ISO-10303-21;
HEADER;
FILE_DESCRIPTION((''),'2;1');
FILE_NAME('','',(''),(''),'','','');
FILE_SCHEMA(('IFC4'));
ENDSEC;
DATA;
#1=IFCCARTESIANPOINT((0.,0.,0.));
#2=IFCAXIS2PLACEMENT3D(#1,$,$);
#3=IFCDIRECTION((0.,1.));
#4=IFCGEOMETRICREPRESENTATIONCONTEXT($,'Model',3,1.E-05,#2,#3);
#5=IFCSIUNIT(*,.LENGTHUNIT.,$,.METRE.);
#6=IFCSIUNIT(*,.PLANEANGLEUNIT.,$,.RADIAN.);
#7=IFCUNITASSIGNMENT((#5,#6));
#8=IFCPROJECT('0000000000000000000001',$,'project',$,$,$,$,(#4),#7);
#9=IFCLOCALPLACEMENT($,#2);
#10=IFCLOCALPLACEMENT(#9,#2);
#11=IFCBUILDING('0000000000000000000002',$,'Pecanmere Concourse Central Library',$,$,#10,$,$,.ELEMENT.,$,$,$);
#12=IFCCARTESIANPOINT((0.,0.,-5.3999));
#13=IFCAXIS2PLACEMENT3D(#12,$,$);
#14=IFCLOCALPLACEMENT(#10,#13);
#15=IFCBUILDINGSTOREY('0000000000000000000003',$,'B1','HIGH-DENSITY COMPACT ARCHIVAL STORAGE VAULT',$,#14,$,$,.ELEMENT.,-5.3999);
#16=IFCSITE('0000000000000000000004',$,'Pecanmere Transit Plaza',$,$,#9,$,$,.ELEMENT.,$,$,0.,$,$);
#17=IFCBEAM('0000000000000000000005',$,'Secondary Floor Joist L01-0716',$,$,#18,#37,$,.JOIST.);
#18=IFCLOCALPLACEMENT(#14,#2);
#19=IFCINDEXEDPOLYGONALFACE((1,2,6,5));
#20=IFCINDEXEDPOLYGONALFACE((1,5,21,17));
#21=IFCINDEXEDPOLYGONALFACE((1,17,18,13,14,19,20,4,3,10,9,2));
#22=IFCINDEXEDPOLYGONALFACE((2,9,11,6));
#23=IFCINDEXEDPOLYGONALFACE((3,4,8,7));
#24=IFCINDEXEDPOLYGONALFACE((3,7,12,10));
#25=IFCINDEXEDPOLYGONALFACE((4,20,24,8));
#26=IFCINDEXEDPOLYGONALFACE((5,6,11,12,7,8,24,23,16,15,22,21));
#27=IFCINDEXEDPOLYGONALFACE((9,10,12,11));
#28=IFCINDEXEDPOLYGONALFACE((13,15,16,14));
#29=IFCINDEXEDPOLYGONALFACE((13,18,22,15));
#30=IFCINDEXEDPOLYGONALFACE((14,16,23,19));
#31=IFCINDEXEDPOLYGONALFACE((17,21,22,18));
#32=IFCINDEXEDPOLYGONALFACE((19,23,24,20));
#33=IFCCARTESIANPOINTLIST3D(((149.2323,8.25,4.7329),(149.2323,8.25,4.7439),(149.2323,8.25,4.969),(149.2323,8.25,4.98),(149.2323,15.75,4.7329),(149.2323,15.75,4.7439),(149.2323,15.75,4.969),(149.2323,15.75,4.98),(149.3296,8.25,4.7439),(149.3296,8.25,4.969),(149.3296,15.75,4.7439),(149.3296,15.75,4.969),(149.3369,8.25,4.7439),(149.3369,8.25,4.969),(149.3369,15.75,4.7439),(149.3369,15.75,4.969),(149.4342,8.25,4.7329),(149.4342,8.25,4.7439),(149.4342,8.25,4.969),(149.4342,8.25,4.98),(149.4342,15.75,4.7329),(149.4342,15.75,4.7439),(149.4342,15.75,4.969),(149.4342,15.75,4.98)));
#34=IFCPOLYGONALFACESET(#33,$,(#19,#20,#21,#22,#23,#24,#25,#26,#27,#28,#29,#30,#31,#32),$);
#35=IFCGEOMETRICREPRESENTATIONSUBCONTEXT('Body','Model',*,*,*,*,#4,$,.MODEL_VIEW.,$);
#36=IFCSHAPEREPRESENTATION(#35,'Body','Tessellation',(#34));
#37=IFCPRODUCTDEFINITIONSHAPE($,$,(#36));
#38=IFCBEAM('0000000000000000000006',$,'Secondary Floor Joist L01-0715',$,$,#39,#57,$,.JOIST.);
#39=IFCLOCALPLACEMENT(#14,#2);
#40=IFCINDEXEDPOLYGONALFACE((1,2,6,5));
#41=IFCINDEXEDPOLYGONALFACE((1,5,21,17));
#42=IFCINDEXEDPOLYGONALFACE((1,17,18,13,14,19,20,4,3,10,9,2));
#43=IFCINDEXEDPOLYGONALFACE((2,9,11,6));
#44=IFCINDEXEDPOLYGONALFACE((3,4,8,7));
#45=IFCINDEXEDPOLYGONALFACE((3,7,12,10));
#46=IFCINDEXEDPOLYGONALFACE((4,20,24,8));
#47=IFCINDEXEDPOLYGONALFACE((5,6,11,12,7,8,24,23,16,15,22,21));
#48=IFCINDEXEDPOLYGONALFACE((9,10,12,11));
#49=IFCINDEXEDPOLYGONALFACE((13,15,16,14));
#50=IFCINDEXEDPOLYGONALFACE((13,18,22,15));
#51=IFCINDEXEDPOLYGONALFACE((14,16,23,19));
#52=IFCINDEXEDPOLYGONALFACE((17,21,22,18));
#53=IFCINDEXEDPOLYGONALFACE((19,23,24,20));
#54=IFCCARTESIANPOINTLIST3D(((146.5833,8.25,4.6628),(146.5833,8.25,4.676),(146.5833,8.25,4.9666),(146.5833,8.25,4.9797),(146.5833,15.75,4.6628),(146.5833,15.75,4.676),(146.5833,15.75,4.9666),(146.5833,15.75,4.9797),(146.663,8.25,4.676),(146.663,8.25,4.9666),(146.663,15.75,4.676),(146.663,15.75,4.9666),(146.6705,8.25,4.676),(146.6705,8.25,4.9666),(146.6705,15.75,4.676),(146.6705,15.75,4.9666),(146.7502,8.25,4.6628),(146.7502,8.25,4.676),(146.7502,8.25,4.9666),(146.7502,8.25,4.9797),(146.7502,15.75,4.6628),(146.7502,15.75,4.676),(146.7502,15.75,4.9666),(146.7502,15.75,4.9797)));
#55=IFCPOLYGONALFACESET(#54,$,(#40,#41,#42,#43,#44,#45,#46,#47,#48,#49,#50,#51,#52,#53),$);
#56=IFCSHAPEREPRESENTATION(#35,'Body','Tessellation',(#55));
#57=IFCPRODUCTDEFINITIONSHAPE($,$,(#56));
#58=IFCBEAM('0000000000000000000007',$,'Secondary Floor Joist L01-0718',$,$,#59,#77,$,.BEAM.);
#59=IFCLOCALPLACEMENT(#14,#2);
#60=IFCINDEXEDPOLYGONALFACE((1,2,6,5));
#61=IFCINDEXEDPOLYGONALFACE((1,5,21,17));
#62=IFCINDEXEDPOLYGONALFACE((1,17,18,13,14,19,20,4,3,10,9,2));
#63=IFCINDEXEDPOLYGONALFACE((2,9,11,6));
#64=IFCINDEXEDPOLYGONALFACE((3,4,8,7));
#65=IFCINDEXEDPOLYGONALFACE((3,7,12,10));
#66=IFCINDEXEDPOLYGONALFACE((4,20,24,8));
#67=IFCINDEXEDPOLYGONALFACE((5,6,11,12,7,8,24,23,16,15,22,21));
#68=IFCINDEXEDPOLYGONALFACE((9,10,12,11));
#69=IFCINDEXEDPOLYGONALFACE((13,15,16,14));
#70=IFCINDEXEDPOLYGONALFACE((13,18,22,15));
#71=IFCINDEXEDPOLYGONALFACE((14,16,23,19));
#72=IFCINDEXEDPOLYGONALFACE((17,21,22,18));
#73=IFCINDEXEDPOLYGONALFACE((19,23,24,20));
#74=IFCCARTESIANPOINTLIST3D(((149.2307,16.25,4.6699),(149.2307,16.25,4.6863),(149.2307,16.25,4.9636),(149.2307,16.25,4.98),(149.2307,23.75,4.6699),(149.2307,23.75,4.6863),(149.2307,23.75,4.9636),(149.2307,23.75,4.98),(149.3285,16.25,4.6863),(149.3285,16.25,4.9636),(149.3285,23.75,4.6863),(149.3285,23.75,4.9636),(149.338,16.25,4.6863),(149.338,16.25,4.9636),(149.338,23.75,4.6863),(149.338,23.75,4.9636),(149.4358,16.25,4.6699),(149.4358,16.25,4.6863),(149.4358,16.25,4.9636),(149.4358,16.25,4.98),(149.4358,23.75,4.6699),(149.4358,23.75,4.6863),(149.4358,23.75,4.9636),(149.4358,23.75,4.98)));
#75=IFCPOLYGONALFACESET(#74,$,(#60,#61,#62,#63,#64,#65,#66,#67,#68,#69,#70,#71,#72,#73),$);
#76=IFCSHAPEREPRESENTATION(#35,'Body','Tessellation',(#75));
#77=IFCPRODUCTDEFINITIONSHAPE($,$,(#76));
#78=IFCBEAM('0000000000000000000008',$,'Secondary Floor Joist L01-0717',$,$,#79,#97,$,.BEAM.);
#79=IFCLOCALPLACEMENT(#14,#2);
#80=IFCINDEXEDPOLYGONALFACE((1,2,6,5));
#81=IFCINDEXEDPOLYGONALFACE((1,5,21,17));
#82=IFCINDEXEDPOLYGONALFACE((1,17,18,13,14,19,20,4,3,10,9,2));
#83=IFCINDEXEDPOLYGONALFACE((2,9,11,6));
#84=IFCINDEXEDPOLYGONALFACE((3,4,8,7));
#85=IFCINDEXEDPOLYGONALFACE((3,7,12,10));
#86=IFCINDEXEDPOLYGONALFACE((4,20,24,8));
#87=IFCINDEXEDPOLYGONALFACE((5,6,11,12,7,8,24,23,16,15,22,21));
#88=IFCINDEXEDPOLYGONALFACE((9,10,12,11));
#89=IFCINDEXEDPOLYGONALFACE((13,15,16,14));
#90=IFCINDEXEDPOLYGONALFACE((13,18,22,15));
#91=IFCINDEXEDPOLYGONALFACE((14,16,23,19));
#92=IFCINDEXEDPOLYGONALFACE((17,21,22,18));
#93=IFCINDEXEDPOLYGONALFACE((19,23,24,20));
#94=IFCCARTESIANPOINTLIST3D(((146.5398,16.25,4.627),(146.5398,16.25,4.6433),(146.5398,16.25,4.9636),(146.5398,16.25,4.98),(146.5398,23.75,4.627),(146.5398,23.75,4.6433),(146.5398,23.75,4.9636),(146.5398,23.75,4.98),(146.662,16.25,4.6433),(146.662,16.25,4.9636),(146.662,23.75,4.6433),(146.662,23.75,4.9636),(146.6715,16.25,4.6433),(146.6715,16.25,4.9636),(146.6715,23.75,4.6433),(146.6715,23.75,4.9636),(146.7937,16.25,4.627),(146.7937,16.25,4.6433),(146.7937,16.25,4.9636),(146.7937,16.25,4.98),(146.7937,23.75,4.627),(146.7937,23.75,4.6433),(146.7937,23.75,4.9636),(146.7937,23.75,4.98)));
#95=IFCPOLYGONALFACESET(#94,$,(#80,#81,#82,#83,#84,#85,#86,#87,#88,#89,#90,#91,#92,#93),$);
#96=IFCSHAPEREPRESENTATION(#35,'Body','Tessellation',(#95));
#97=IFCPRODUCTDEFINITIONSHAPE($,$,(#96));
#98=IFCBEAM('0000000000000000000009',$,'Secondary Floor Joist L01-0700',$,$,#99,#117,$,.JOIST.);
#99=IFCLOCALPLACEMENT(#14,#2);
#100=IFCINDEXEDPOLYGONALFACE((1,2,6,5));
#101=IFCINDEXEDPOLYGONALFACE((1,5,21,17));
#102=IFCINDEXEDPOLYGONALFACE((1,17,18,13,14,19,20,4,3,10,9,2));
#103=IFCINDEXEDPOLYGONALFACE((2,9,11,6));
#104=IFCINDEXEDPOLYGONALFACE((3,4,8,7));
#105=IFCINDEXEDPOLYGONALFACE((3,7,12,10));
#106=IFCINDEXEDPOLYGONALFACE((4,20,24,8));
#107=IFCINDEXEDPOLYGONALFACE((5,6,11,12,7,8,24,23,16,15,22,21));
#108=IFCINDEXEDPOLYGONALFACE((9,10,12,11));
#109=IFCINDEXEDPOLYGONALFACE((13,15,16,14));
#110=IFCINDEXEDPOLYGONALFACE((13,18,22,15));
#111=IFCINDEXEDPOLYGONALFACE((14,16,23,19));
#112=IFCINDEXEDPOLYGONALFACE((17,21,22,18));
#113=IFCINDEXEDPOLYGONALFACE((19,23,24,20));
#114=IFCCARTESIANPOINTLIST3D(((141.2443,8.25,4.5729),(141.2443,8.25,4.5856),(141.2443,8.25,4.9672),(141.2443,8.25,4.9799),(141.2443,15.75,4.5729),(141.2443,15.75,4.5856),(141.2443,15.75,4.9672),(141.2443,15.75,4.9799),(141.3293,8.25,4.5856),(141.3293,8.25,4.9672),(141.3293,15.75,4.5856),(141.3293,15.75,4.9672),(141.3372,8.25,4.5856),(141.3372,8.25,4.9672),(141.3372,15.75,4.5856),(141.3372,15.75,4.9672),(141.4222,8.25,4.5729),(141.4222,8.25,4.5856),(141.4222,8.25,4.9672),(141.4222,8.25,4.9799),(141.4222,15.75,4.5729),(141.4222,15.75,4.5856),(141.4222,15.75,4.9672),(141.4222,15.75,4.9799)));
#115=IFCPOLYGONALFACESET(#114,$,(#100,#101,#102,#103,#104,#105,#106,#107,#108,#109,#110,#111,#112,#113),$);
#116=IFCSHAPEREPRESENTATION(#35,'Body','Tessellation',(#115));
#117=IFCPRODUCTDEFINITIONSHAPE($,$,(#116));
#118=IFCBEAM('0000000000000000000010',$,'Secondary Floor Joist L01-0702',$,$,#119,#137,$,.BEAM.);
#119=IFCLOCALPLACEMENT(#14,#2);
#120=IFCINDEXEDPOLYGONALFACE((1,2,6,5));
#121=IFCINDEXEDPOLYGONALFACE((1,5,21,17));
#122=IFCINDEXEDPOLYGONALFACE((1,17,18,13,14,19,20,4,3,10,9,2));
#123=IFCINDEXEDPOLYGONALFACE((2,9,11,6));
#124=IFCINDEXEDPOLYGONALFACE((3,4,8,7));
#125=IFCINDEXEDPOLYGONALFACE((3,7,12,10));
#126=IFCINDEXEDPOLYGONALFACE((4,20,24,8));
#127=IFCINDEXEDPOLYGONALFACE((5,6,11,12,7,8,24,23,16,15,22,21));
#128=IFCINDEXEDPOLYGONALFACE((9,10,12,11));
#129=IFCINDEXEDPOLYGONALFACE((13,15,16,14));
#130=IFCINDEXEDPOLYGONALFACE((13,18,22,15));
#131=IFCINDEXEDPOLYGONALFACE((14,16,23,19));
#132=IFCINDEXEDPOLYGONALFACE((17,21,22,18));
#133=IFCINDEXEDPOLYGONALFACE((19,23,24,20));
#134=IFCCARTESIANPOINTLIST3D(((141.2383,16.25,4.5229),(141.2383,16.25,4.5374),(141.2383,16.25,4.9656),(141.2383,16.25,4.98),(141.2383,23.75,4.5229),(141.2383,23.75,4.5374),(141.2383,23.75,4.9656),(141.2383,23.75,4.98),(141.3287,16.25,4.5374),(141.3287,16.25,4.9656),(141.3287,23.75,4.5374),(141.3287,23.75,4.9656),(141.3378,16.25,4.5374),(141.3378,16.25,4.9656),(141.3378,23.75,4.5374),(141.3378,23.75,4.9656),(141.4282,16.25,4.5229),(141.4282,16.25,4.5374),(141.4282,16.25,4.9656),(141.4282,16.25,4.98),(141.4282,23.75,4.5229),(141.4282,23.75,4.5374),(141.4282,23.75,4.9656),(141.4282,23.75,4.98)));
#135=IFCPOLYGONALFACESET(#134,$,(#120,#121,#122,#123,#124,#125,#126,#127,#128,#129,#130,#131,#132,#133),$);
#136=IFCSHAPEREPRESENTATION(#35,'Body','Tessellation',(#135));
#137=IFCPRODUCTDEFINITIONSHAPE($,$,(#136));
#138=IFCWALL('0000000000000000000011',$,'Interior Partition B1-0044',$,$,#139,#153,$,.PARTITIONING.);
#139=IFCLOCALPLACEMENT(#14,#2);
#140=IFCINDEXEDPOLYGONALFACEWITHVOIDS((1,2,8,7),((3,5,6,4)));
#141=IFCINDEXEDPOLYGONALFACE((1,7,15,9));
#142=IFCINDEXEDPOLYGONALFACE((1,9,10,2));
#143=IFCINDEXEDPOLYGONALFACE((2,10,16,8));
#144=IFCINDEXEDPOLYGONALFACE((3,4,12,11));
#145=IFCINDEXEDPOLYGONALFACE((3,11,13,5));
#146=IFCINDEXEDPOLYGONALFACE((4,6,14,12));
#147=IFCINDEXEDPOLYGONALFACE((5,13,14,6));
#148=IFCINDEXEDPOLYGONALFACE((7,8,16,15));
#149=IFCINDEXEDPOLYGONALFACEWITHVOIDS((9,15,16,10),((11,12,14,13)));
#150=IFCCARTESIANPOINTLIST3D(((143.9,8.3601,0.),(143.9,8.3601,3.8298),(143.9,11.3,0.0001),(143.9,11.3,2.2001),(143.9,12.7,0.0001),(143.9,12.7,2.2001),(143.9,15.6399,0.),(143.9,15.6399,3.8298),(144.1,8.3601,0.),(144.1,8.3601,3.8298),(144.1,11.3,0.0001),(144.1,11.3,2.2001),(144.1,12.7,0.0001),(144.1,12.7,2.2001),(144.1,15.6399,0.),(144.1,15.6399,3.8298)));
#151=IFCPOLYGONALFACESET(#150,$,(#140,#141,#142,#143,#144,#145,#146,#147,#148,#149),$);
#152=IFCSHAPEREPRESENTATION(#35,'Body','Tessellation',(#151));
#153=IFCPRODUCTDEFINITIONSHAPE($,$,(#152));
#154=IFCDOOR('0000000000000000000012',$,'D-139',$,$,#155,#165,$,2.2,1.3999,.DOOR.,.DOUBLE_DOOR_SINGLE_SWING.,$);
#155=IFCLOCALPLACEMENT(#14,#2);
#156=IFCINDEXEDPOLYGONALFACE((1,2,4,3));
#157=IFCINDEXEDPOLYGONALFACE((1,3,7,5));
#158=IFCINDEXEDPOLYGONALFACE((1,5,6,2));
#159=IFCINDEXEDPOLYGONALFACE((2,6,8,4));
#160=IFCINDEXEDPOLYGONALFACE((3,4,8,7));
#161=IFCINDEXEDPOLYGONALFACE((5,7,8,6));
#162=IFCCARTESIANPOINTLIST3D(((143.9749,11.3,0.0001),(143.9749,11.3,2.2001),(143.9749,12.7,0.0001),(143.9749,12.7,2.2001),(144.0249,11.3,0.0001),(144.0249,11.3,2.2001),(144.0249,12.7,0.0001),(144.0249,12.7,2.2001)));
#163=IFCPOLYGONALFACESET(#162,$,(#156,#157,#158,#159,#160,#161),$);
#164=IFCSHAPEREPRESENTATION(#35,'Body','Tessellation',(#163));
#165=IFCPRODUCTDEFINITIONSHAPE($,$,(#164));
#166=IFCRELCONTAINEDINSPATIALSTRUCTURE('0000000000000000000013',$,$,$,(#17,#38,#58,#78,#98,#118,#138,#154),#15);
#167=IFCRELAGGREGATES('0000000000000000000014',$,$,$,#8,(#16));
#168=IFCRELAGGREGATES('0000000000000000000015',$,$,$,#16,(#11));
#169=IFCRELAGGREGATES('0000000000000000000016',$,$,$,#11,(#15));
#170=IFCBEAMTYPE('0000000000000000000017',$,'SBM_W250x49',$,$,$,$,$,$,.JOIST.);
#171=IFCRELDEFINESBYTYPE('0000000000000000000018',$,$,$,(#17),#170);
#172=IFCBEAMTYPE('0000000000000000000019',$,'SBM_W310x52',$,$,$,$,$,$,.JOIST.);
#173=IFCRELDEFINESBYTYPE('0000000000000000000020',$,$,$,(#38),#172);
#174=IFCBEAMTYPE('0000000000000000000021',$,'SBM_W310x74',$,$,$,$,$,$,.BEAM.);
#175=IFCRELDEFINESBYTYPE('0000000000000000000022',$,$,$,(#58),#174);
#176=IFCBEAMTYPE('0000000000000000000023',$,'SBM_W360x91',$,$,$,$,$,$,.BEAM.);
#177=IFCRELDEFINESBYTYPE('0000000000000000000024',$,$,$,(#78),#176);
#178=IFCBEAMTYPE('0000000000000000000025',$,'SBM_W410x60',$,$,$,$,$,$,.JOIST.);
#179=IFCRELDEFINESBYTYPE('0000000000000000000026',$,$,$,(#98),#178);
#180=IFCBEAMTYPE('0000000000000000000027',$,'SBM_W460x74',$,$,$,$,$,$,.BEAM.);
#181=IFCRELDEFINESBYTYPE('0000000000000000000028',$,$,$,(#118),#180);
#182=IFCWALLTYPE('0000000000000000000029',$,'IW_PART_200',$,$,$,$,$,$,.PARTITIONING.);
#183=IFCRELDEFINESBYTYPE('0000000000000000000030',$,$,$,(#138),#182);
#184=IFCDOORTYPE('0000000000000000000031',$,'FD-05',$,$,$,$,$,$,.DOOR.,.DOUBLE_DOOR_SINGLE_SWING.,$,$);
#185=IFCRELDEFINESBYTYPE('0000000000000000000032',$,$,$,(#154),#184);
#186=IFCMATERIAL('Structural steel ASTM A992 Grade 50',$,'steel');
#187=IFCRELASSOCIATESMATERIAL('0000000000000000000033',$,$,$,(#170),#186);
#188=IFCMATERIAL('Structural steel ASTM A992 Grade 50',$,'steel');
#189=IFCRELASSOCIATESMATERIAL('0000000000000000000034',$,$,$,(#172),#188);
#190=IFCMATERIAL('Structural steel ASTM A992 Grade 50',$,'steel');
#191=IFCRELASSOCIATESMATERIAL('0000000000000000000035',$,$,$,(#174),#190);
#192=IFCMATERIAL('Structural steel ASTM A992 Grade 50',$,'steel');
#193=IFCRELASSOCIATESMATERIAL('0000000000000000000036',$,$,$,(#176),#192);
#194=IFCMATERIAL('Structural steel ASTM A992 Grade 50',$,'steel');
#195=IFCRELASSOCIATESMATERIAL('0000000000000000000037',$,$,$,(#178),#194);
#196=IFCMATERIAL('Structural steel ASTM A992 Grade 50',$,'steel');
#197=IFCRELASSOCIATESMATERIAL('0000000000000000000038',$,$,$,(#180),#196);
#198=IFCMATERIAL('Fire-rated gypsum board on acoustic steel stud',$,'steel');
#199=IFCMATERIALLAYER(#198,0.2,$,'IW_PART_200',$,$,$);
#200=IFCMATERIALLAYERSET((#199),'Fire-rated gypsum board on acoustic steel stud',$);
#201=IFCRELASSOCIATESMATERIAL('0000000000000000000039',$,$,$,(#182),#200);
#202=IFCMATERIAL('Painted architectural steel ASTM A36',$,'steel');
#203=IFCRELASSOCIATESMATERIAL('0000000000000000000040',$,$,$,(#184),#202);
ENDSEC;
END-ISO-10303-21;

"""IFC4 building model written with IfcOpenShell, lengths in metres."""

from ifc_helpers import new_model, si_unit, direction, frame, frame_2d, origin, origin_2d, place, context, subcontext, project, spatial, rectangle, i_section, extrude, material, layer, layer_set, material_profile, profile_set, type_object, element, fill, save


model = new_model("IFC4")

# Units and contexts
model_context = context("Model", 3, precision=1e-05, world=origin(), true_north=direction((0.0, 1.0)))
body_context = subcontext(model_context, "Body", "Model", "MODEL_VIEW")
ifc_project = project(units=[si_unit("LENGTHUNIT", "METRE"), si_unit("PLANEANGLEUNIT", "RADIAN")], contexts=[model_context])

# Site, building, storey
site_placement = place(None, origin())
site = spatial("IfcSite", under=ifc_project, at=site_placement, Name="Pecanmere Transit Plaza", CompositionType="ELEMENT", RefElevation=0.0)
building_placement = place(site_placement, origin())
building = spatial("IfcBuilding", under=site, at=building_placement, Name="Pecanmere Concourse Central Library", CompositionType="ELEMENT")
storey_placement = place(building_placement, frame((0.0, 0.0, -5.3999)))
storey = spatial("IfcBuildingStorey", under=building, at=storey_placement, Name="B1", Description="HIGH-DENSITY COMPACT ARCHIVAL STORAGE VAULT", CompositionType="ELEMENT", Elevation=-5.3999)

# Beams
ifc_material_1 = material(Name="Structural steel ASTM A992 Grade 50", Category="steel")
ifc_material_profile_1 = material_profile(ifc_material_1, i_section(OverallWidth=0.2019, OverallDepth=0.2471, WebThickness=0.0073, FlangeThickness=0.011, at=origin_2d()), Name="W250x49.1")
ifc_profile_set_1 = profile_set([ifc_material_profile_1], Name="Structural steel ASTM A992 Grade 50")
beam_type_1 = type_object("IfcBeamType", Name="SBM_W250x49", PredefinedType="JOIST", material=ifc_profile_set_1)
beam_1_placement = place(storey_placement, frame((149.3333, 8.25, 4.8564), z_axis=(0.0, 1.0, 0.0), x_axis=(-1.0, 0.0, 0.0)))
element("IfcBeam", 1, at=beam_1_placement, inside=storey, type_object=beam_type_1, Name="Secondary Floor Joist L01-0716", PredefinedType="JOIST", context=body_context, shape_type="SweptSolid", body=[
    extrude(i_section(OverallWidth=0.2019, OverallDepth=0.2471, WebThickness=0.0073, FlangeThickness=0.011, at=origin_2d()), origin(), (0.0, 0.0, 1.0), 7.5),
])
ifc_material_2 = material(Name="Structural steel ASTM A992 Grade 50", Category="steel")
ifc_material_profile_2 = material_profile(ifc_material_2, i_section(OverallWidth=0.167, OverallDepth=0.3169, WebThickness=0.0076, FlangeThickness=0.0132, at=origin_2d()), Name="W310x52")
ifc_profile_set_2 = profile_set([ifc_material_profile_2], Name="Structural steel ASTM A992 Grade 50")
beam_type_2 = type_object("IfcBeamType", Name="SBM_W310x52", PredefinedType="JOIST", material=ifc_profile_set_2)
beam_2_placement = place(storey_placement, frame((146.6667, 8.25, 4.8213), z_axis=(0.0, 1.0, 0.0), x_axis=(-1.0, 0.0, 0.0)))
element("IfcBeam", 2, at=beam_2_placement, inside=storey, type_object=beam_type_2, Name="Secondary Floor Joist L01-0715", PredefinedType="JOIST", context=body_context, shape_type="SweptSolid", body=[
    extrude(i_section(OverallWidth=0.167, OverallDepth=0.3169, WebThickness=0.0076, FlangeThickness=0.0132, at=origin_2d()), origin(), (0.0, 0.0, 1.0), 7.5),
])
ifc_material_3 = material(Name="Structural steel ASTM A992 Grade 50", Category="steel")
ifc_material_profile_3 = material_profile(ifc_material_3, i_section(OverallWidth=0.2051, OverallDepth=0.3101, WebThickness=0.0095, FlangeThickness=0.0164, at=origin_2d()), Name="W310x74")
ifc_profile_set_3 = profile_set([ifc_material_profile_3], Name="Structural steel ASTM A992 Grade 50")
beam_type_3 = type_object("IfcBeamType", Name="SBM_W310x74", PredefinedType="BEAM", material=ifc_profile_set_3)
beam_3_placement = place(storey_placement, frame((149.3333, 16.25, 4.825), z_axis=(0.0, 1.0, 0.0), x_axis=(-1.0, 0.0, 0.0)))
element("IfcBeam", 3, at=beam_3_placement, inside=storey, type_object=beam_type_3, Name="Secondary Floor Joist L01-0718", PredefinedType="BEAM", context=body_context, shape_type="SweptSolid", body=[
    extrude(i_section(OverallWidth=0.2051, OverallDepth=0.3101, WebThickness=0.0095, FlangeThickness=0.0164, at=origin_2d()), origin(), (0.0, 0.0, 1.0), 7.5),
])
ifc_material_4 = material(Name="Structural steel ASTM A992 Grade 50", Category="steel")
ifc_material_profile_4 = material_profile(ifc_material_4, i_section(OverallWidth=0.2539, OverallDepth=0.353, WebThickness=0.0095, FlangeThickness=0.0164, at=origin_2d()), Name="W360x91")
ifc_profile_set_4 = profile_set([ifc_material_profile_4], Name="Structural steel ASTM A992 Grade 50")
beam_type_4 = type_object("IfcBeamType", Name="SBM_W360x91", PredefinedType="BEAM", material=ifc_profile_set_4)
beam_4_placement = place(storey_placement, frame((146.6667, 16.25, 4.8035), z_axis=(0.0, 1.0, 0.0), x_axis=(-1.0, 0.0, 0.0)))
element("IfcBeam", 4, at=beam_4_placement, inside=storey, type_object=beam_type_4, Name="Secondary Floor Joist L01-0717", PredefinedType="BEAM", context=body_context, shape_type="SweptSolid", body=[
    extrude(i_section(OverallWidth=0.2539, OverallDepth=0.353, WebThickness=0.0095, FlangeThickness=0.0164, at=origin_2d()), origin(), (0.0, 0.0, 1.0), 7.5),
])
ifc_material_5 = material(Name="Structural steel ASTM A992 Grade 50", Category="steel")
ifc_material_profile_5 = material_profile(ifc_material_5, i_section(OverallWidth=0.178, OverallDepth=0.407, WebThickness=0.0078, FlangeThickness=0.0127, at=origin_2d()), Name="W410x60")
ifc_profile_set_5 = profile_set([ifc_material_profile_5], Name="Structural steel ASTM A992 Grade 50")
beam_type_5 = type_object("IfcBeamType", Name="SBM_W410x60", PredefinedType="JOIST", material=ifc_profile_set_5)
beam_5_placement = place(storey_placement, frame((141.3333, 8.25, 4.7764), z_axis=(0.0, 1.0, 0.0), x_axis=(-1.0, 0.0, 0.0)))
element("IfcBeam", 5, at=beam_5_placement, inside=storey, type_object=beam_type_5, Name="Secondary Floor Joist L01-0700", PredefinedType="JOIST", context=body_context, shape_type="SweptSolid", body=[
    extrude(i_section(OverallWidth=0.178, OverallDepth=0.407, WebThickness=0.0078, FlangeThickness=0.0127, at=origin_2d()), origin(), (0.0, 0.0, 1.0), 7.5),
])
ifc_material_6 = material(Name="Structural steel ASTM A992 Grade 50", Category="steel")
ifc_material_profile_6 = material_profile(ifc_material_6, i_section(OverallWidth=0.1899, OverallDepth=0.457, WebThickness=0.009, FlangeThickness=0.0144, at=origin_2d()), Name="W460x74")
ifc_profile_set_6 = profile_set([ifc_material_profile_6], Name="Structural steel ASTM A992 Grade 50")
beam_type_6 = type_object("IfcBeamType", Name="SBM_W460x74", PredefinedType="BEAM", material=ifc_profile_set_6)
beam_6_placement = place(storey_placement, frame((141.3333, 16.25, 4.7515), z_axis=(0.0, 1.0, 0.0), x_axis=(-1.0, 0.0, 0.0)))
element("IfcBeam", 6, at=beam_6_placement, inside=storey, type_object=beam_type_6, Name="Secondary Floor Joist L01-0702", PredefinedType="BEAM", context=body_context, shape_type="SweptSolid", body=[
    extrude(i_section(OverallWidth=0.1899, OverallDepth=0.457, WebThickness=0.009, FlangeThickness=0.0144, at=origin_2d()), origin(), (0.0, 0.0, 1.0), 7.5),
])

# Wall, opening, door
ifc_material_7 = material(Name="Fire-rated gypsum board on acoustic steel stud", Category="steel")
ifc_layer = layer(ifc_material_7, 0.2, Name="IW_PART_200")
ifc_layer_set = layer_set([ifc_layer], Name="Fire-rated gypsum board on acoustic steel stud")
wall_type = type_object("IfcWallType", Name="IW_PART_200", PredefinedType="PARTITIONING", material=ifc_layer_set)
wall_placement = place(storey_placement, frame((144.0, 8.3601, 0.0), z_axis=(0.0, 0.0, 1.0), x_axis=(0.0, 1.0, 0.0)))
wall = element("IfcWall", 7, at=wall_placement, inside=storey, type_object=wall_type, Name="Interior Partition B1-0044", PredefinedType="PARTITIONING", context=body_context, shape_type="SweptSolid", body=[
    extrude(rectangle(XDim=7.2798, YDim=0.2, at=frame_2d((3.6399, 0.0))), origin(), (0.0, 0.0, 1.0), 3.8298),
])
opening_placement = place(wall_placement, frame((2.9399, 0.0, 0.0)))
opening = element("IfcOpeningElement", 8, at=opening_placement, cuts=wall, PredefinedType="OPENING", context=body_context, shape_type="SweptSolid", body=[
    extrude(rectangle(XDim=1.3999, YDim=2.2, at=frame_2d((0.7, 1.1001))), frame((0.0, 0.1118, 0.0), z_axis=(0.0, -1.0, 0.0), x_axis=(1.0, 0.0, 0.0)), (0.0, 0.0, 1.0), 0.2239),
])
ifc_material_8 = material(Name="Painted architectural steel ASTM A36", Category="steel")
door_type = type_object("IfcDoorType", Name="FD-05", OperationType="DOUBLE_DOOR_SINGLE_SWING", PredefinedType="DOOR", material=ifc_material_8)
door_placement = place(opening_placement, frame((1.3999, 0.0, 0.0), z_axis=(0.0, 0.0, 1.0), x_axis=(-1.0, 0.0, 0.0)))
door = element("IfcDoor", 9, at=door_placement, inside=storey, type_object=door_type, Name="D-139", OperationType="DOUBLE_DOOR_SINGLE_SWING", OverallHeight=2.2, OverallWidth=1.3999, PredefinedType="DOOR", context=body_context, shape_type="SweptSolid", body=[
    extrude(rectangle(XDim=1.3999, YDim=2.2, at=frame_2d((0.7, 1.1001))), frame((0.0, 0.0249, 0.0), z_axis=(0.0, -1.0, 0.0), x_axis=(1.0, 0.0, 0.0)), (0.0, 0.0, 1.0), 0.05),
])
fill(opening, door)

save(model, "model.ifc")
